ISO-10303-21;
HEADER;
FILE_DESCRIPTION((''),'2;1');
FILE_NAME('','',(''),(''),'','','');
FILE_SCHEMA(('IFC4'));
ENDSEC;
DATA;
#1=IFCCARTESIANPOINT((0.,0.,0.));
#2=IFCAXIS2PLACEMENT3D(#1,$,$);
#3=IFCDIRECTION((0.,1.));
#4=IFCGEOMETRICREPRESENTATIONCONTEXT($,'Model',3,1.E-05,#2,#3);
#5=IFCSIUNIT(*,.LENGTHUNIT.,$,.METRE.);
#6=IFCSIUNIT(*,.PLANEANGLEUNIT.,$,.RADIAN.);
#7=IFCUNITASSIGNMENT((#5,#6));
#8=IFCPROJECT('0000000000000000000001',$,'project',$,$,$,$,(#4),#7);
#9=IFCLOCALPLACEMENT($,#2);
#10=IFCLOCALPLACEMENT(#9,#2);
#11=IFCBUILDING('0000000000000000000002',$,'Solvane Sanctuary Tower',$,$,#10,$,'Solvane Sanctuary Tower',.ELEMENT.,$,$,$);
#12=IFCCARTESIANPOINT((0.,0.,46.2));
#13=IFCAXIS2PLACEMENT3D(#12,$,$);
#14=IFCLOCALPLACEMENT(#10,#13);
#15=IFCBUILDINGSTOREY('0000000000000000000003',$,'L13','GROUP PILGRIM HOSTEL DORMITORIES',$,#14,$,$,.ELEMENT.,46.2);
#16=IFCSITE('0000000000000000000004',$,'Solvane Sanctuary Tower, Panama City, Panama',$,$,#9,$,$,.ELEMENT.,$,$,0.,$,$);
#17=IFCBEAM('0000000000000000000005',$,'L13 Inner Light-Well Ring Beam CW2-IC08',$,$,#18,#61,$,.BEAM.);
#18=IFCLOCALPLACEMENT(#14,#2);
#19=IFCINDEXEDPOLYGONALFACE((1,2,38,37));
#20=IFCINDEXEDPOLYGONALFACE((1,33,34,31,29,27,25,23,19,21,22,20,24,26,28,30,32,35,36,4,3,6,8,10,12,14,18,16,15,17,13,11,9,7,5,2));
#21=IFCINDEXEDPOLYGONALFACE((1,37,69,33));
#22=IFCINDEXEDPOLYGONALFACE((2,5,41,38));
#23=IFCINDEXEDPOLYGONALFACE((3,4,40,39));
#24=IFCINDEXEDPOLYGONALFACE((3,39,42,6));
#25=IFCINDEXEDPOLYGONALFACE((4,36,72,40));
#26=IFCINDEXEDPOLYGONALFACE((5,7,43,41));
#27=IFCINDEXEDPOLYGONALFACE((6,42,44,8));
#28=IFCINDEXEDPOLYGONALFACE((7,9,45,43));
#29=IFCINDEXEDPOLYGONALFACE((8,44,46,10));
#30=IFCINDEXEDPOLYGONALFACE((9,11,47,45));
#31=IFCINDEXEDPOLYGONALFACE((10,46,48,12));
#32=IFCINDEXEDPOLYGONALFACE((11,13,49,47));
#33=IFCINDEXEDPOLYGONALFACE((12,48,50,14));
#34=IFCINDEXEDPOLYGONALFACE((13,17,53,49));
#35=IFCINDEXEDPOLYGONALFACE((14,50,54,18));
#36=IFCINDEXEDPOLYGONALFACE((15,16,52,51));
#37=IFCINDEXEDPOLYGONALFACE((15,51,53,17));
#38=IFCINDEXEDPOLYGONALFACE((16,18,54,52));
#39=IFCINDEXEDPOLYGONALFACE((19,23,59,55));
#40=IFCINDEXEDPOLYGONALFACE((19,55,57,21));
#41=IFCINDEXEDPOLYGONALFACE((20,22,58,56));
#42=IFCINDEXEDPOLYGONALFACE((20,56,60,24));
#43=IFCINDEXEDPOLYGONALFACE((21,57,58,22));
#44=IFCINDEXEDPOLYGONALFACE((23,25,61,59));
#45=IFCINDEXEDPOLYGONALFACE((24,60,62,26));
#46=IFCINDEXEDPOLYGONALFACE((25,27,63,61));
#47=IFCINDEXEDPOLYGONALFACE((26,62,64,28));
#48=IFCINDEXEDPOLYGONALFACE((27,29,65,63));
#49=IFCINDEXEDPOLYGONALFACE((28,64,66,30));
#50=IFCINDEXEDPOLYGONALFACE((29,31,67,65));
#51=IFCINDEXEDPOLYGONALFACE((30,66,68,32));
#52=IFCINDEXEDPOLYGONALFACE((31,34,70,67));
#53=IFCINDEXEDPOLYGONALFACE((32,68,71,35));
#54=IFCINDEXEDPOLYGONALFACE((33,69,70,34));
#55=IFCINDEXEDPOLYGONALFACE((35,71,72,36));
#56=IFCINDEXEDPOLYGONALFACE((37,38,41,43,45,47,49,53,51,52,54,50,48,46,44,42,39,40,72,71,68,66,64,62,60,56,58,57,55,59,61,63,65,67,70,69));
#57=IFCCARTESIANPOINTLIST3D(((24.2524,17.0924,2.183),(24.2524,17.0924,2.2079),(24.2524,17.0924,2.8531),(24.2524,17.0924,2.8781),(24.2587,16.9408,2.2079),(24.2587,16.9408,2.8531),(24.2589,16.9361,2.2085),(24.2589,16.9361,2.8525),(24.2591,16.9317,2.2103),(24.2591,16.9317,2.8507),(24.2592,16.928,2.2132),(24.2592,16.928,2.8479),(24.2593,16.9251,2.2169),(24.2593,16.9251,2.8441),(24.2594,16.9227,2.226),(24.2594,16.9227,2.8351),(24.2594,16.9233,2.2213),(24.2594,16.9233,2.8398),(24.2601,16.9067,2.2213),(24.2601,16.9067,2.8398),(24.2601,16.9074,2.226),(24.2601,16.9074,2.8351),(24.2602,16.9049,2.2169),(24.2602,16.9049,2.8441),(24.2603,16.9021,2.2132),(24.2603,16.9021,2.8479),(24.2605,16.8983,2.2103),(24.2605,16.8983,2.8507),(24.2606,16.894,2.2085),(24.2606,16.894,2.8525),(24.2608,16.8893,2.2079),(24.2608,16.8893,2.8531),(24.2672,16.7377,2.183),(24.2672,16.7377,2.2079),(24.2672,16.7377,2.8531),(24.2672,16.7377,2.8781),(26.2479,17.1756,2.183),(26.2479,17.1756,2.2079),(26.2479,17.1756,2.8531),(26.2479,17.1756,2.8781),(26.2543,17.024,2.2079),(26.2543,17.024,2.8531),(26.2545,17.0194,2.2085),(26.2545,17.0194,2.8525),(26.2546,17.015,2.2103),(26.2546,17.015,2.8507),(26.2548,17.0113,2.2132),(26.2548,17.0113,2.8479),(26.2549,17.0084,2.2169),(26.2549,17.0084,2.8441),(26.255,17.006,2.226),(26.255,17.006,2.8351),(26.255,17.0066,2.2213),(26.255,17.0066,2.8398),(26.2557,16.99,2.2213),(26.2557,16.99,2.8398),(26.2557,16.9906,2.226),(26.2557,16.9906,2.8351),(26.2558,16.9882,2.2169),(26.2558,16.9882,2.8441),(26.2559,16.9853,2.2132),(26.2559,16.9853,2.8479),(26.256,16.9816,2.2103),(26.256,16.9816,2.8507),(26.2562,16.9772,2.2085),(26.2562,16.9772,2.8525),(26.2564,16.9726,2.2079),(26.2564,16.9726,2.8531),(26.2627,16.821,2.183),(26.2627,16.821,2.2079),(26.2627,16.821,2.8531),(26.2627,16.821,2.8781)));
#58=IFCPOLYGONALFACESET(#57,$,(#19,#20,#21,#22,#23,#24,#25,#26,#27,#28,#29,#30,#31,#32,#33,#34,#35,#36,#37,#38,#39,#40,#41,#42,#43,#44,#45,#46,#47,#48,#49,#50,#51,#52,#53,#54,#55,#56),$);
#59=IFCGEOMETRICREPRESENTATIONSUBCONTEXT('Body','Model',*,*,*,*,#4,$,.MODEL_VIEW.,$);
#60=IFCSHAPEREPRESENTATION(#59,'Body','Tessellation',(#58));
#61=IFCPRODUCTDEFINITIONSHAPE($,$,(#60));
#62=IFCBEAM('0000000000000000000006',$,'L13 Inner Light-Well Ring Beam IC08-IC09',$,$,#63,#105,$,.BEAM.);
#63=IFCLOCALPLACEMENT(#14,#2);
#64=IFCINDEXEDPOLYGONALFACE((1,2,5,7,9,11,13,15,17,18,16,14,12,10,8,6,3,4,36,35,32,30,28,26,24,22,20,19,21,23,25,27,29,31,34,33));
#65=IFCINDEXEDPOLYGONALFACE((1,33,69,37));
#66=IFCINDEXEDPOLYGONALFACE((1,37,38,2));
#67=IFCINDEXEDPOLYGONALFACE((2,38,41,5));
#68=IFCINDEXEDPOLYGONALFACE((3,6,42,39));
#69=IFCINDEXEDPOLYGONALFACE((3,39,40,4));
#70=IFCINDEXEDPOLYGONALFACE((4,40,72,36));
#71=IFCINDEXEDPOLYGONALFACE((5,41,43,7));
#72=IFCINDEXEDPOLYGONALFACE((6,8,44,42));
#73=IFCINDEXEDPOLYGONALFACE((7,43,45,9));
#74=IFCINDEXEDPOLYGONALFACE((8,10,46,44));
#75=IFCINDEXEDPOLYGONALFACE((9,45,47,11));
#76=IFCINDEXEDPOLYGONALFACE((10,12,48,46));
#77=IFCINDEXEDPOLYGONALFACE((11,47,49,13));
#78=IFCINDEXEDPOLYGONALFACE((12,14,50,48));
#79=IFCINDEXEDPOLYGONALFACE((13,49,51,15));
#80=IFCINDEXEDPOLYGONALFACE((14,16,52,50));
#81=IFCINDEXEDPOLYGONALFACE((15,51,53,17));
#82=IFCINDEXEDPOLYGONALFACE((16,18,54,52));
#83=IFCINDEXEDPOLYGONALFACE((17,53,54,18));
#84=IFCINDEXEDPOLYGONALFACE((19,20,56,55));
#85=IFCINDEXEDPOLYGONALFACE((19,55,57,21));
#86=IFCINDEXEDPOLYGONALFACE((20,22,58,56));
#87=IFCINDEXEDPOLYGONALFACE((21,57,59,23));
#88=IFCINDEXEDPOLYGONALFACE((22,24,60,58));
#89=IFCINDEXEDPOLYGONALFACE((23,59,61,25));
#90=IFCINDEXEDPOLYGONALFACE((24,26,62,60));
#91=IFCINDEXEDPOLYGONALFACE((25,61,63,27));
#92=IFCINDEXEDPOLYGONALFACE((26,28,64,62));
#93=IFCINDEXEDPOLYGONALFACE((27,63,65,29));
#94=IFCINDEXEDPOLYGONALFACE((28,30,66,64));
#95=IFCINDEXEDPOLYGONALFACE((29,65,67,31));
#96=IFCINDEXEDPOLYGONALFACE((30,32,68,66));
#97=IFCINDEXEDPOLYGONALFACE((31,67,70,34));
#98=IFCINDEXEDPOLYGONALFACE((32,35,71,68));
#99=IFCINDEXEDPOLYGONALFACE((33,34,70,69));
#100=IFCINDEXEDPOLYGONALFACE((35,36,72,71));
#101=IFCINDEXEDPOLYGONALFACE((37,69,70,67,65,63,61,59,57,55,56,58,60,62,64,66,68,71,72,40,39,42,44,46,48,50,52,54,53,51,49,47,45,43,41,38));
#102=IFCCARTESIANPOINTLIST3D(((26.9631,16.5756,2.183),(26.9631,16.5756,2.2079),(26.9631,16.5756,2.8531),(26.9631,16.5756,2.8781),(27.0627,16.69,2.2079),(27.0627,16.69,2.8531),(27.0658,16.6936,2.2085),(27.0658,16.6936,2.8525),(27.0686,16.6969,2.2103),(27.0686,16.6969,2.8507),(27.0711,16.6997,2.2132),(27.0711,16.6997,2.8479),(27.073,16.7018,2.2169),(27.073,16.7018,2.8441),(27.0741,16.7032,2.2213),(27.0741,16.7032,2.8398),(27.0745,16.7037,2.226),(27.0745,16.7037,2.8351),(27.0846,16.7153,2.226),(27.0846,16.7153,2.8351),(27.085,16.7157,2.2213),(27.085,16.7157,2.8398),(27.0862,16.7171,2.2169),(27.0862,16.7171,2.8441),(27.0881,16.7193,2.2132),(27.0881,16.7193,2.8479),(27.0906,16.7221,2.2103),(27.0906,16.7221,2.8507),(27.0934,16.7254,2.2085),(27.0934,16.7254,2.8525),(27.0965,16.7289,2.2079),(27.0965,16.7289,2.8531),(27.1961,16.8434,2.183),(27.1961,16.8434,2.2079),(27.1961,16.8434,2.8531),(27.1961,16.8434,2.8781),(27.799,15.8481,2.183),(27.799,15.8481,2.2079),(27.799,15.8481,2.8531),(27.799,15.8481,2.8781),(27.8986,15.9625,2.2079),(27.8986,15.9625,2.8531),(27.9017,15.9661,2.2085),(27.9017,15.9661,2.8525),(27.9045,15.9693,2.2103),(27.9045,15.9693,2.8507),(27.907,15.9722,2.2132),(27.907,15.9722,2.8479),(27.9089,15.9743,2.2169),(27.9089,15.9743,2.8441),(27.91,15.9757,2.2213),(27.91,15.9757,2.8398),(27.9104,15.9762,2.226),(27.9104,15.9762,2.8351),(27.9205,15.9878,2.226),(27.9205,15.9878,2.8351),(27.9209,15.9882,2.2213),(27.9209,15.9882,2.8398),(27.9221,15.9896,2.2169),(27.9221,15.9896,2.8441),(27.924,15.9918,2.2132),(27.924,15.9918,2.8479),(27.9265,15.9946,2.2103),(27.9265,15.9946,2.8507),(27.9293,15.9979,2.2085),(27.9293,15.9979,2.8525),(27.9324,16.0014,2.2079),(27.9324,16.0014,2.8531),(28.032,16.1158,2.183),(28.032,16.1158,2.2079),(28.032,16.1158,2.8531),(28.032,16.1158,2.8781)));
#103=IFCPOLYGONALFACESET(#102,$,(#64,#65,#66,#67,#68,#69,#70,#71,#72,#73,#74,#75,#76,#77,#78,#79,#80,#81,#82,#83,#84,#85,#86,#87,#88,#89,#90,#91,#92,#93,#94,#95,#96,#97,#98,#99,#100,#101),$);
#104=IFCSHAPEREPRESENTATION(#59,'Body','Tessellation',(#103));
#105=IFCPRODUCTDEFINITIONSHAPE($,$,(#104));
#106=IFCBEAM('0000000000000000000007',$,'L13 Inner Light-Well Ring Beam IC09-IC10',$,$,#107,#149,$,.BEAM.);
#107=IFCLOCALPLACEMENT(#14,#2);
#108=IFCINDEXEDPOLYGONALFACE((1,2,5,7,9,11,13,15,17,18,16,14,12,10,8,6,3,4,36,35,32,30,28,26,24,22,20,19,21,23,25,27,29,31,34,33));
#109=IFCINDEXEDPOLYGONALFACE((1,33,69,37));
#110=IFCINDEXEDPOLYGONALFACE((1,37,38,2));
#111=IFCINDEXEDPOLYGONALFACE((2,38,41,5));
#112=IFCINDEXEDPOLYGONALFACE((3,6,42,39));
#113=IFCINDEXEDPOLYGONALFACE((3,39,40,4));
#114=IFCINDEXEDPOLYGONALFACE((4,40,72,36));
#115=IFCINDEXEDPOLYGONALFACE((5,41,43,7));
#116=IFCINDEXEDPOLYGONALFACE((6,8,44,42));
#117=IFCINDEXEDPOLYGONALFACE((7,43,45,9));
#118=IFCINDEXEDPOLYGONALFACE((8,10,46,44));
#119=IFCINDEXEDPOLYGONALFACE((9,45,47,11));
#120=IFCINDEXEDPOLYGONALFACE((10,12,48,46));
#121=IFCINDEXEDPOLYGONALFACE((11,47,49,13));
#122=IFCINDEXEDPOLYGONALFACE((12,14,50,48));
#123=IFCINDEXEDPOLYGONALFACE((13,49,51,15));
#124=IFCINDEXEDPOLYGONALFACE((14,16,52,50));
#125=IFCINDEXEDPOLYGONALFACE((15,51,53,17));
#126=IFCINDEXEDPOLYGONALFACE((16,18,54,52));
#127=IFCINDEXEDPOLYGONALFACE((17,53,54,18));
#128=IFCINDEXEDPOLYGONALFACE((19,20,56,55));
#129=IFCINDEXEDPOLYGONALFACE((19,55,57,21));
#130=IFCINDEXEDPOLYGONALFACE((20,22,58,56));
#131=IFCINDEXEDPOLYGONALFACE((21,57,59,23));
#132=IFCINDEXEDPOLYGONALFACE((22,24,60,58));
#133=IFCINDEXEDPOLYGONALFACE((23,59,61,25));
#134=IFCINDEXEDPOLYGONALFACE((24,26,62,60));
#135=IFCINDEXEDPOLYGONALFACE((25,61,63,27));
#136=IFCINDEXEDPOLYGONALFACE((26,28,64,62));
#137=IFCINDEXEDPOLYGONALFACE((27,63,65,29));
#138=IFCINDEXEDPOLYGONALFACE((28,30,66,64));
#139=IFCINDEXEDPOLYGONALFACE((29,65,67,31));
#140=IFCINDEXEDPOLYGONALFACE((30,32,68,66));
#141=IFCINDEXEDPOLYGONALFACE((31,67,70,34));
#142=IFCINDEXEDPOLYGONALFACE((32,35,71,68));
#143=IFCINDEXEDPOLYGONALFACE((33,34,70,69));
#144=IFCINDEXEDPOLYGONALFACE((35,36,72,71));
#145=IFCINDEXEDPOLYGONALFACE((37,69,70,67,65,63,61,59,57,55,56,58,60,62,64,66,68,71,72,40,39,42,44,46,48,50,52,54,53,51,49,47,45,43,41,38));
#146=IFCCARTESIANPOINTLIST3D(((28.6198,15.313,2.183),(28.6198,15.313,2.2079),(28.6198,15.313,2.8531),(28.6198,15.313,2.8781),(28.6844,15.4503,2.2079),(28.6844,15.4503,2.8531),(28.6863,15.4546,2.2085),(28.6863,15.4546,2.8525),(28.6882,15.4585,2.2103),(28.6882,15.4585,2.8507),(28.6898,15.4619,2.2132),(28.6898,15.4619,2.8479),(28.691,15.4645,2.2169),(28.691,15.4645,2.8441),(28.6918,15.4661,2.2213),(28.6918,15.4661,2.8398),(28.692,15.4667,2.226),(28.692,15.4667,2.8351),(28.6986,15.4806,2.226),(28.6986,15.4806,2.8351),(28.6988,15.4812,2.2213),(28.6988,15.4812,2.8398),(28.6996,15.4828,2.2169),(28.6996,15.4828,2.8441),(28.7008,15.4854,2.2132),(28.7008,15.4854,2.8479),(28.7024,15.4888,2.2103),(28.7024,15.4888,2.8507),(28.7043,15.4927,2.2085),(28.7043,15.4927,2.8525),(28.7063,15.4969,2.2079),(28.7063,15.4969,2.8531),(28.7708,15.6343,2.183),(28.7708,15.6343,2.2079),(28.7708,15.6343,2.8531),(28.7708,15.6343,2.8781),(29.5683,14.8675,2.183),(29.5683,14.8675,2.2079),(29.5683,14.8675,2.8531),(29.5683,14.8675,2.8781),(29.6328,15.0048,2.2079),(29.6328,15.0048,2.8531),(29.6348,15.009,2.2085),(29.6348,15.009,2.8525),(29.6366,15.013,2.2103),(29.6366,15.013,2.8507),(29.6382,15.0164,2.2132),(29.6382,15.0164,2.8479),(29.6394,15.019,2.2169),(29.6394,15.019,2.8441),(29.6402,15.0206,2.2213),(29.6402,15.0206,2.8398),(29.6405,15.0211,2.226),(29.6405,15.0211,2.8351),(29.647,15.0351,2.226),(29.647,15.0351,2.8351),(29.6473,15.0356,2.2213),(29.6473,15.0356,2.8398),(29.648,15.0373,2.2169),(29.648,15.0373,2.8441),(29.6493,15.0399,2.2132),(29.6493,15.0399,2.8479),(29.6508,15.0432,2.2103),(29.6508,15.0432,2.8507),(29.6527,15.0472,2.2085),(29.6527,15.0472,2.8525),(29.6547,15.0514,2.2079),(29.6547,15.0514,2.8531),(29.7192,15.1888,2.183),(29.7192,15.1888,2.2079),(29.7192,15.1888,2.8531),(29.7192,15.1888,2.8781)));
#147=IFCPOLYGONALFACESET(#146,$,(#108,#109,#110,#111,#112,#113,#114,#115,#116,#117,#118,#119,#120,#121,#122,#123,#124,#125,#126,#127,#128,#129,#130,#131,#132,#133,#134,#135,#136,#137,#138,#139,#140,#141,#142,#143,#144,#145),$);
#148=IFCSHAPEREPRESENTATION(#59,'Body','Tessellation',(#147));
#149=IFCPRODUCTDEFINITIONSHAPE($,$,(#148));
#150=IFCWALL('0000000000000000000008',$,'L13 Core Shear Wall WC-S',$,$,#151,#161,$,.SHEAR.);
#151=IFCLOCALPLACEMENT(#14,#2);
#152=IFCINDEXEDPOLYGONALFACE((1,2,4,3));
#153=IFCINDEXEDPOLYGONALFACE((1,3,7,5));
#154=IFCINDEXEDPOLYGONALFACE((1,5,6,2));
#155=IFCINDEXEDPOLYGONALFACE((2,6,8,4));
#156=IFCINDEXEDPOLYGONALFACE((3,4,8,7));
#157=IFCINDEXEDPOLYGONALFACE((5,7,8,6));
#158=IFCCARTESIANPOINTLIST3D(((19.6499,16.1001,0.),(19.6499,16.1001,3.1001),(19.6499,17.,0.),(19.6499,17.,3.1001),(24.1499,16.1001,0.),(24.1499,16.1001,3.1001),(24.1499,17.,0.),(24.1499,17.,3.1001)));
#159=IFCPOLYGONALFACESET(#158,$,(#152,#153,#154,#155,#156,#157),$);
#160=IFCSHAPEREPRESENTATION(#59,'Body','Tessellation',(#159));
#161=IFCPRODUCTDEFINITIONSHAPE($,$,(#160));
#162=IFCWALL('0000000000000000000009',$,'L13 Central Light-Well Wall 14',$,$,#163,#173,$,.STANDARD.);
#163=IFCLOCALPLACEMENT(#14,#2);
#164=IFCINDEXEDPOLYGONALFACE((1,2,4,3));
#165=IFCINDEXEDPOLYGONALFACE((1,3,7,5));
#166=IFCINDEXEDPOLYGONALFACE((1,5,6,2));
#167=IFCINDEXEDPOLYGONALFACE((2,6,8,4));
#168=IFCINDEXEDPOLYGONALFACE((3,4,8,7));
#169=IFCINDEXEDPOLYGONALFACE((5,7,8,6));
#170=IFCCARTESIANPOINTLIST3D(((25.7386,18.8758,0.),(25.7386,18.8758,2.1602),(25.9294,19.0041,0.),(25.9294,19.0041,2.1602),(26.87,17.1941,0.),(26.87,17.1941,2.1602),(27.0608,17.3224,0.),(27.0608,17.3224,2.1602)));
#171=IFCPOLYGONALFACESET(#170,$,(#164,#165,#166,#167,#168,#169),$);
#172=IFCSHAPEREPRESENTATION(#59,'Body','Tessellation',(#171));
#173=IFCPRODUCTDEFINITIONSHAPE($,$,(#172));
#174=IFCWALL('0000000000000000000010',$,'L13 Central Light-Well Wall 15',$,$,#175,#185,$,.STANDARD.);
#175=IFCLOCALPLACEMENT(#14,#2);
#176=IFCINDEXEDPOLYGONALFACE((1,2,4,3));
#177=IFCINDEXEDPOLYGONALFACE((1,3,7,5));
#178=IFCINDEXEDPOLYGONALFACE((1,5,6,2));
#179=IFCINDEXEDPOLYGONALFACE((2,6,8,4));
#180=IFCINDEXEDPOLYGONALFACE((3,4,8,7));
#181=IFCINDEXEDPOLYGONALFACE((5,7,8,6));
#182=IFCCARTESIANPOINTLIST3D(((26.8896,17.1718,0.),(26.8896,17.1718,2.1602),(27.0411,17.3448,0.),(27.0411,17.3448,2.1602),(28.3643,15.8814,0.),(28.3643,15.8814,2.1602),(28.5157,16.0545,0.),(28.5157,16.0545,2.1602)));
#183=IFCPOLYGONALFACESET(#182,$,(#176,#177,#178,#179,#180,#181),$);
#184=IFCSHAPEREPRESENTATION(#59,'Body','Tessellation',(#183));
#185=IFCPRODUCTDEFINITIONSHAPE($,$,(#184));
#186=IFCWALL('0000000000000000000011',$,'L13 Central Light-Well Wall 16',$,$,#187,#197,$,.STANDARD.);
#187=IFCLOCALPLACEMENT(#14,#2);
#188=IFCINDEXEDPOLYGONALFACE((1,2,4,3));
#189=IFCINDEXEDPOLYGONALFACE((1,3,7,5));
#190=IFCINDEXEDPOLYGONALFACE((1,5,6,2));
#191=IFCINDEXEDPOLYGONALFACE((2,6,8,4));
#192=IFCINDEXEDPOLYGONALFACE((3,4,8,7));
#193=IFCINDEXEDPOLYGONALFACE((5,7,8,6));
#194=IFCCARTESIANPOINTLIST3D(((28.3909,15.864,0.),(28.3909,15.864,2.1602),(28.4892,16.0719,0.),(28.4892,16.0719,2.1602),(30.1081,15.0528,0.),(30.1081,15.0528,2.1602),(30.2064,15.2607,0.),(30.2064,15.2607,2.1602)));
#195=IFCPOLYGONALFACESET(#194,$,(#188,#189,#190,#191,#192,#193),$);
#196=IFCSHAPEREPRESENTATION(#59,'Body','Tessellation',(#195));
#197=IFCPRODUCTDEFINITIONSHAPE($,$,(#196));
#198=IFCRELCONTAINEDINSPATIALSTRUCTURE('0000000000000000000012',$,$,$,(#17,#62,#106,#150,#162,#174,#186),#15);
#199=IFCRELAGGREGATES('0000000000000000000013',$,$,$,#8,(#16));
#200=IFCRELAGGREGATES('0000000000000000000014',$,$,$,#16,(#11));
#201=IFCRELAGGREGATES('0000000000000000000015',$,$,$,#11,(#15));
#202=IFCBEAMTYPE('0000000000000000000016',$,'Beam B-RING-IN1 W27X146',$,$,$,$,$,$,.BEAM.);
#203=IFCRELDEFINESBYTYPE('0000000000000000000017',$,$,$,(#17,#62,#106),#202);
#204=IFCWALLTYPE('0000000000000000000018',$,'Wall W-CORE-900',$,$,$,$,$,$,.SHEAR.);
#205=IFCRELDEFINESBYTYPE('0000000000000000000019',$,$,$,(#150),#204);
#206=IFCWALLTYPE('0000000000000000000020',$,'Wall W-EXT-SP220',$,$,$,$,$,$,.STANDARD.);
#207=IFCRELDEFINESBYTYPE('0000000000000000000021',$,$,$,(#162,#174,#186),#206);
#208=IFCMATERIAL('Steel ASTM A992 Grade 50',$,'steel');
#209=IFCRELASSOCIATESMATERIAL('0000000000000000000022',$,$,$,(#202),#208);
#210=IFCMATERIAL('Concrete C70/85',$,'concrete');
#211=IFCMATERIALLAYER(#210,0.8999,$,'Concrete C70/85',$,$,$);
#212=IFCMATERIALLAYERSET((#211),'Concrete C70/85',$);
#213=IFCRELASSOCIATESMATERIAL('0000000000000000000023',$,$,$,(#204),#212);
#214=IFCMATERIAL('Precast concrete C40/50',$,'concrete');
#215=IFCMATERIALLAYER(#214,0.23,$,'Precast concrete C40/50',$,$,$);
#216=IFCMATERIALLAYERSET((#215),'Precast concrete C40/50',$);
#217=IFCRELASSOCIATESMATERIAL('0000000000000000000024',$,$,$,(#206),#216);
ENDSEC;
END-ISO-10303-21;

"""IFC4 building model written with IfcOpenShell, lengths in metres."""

from ifc_helpers import new_model, si_unit, direction, frame, frame_2d, origin, origin_2d, place, context, subcontext, project, spatial, rectangle, i_section, extrude, material, layer, layer_set, material_profile, profile_set, type_object, element, save


model = new_model("IFC4")

# Units and contexts
model_context = context("Model", 3, precision=1e-05, world=origin(), true_north=direction((0.0, 1.0)))
body_context = subcontext(model_context, "Body", "Model", "MODEL_VIEW")
ifc_project = project(units=[si_unit("LENGTHUNIT", "METRE"), si_unit("PLANEANGLEUNIT", "RADIAN")], contexts=[model_context])

# Site, building, storey
site_placement = place(None, origin())
site = spatial("IfcSite", under=ifc_project, at=site_placement, Name="Solvane Sanctuary Tower, Panama City, Panama", CompositionType="ELEMENT", RefElevation=0.0)
building_placement = place(site_placement, origin())
building = spatial("IfcBuilding", under=site, at=building_placement, Name="Solvane Sanctuary Tower", LongName="Solvane Sanctuary Tower", CompositionType="ELEMENT")
storey_placement = place(building_placement, frame((0.0, 0.0, 46.2)))
storey = spatial("IfcBuildingStorey", under=building, at=storey_placement, Name="L13", Description="GROUP PILGRIM HOSTEL DORMITORIES", CompositionType="ELEMENT", Elevation=46.2)

# Shared definitions
ifc_material_1 = material(Name="Concrete C70/85", Category="concrete")

# Beams
ifc_material_2 = material(Name="Steel ASTM A992 Grade 50", Category="steel")
ifc_material_profile_1 = material_profile(ifc_material_2, i_section(OverallWidth=0.355, OverallDepth=0.6951, WebThickness=0.0154, FlangeThickness=0.0249, FilletRadius=0.0181, at=origin_2d()), Name="W27X146")
ifc_profile_set_1 = profile_set([ifc_material_profile_1], Name="Steel ASTM A992 Grade 50")
beam_type_1 = type_object("IfcBeamType", Name="Beam B-RING-IN1 W27X146", PredefinedType="BEAM", material=ifc_profile_set_1)
beam_1_placement = place(storey_placement, frame((24.2598, 16.915, 2.5305), z_axis=(0.999131, 0.041681, 0.0), x_axis=(-0.041681, 0.999131, 0.0)))
element("IfcBeam", 1, at=beam_1_placement, inside=storey, type_object=beam_type_1, Name="L13 Inner Light-Well Ring Beam CW2-IC08", PredefinedType="BEAM", context=body_context, shape_type="SweptSolid", body=[
    extrude(i_section(OverallWidth=0.355, OverallDepth=0.6951, WebThickness=0.0154, FlangeThickness=0.0249, FilletRadius=0.0181, at=origin_2d()), origin(), (0.0, 0.0, 1.0), 1.9973),
])
beam_2_placement = place(storey_placement, frame((27.0796, 16.7095, 2.5305), z_axis=(0.754321, -0.656506, 0.0), x_axis=(0.656506, 0.754321, 0.0)))
element("IfcBeam", 2, at=beam_2_placement, inside=storey, type_object=beam_type_1, Name="L13 Inner Light-Well Ring Beam IC08-IC09", PredefinedType="BEAM", context=body_context, shape_type="SweptSolid", body=[
    extrude(i_section(OverallWidth=0.355, OverallDepth=0.6951, WebThickness=0.0154, FlangeThickness=0.0249, FilletRadius=0.0181, at=origin_2d()), origin(), (0.0, 0.0, 1.0), 1.1082),
])
beam_3_placement = place(storey_placement, frame((28.6953, 15.4736, 2.5305), z_axis=(0.905109, -0.42518, 0.0), x_axis=(0.42518, 0.905109, 0.0)))
element("IfcBeam", 3, at=beam_3_placement, inside=storey, type_object=beam_type_1, Name="L13 Inner Light-Well Ring Beam IC09-IC10", PredefinedType="BEAM", context=body_context, shape_type="SweptSolid", body=[
    extrude(i_section(OverallWidth=0.355, OverallDepth=0.6951, WebThickness=0.0154, FlangeThickness=0.0249, FilletRadius=0.0181, at=origin_2d()), origin(), (0.0, 0.0, 1.0), 1.0479),
])

# Walls
ifc_layer_1 = layer(ifc_material_1, 0.8999, Name="Concrete C70/85")
ifc_layer_set_1 = layer_set([ifc_layer_1], Name="Concrete C70/85")
wall_type_1 = type_object("IfcWallType", Name="Wall W-CORE-900", PredefinedType="SHEAR", material=ifc_layer_set_1)
wall_1_placement = place(storey_placement, frame((19.6499, 16.55, 0.0), z_axis=(0.0, 0.0, 1.0), x_axis=(1.0, 0.0, 0.0)))
element("IfcWall", 4, at=wall_1_placement, inside=storey, type_object=wall_type_1, Name="L13 Core Shear Wall WC-S", PredefinedType="SHEAR", context=body_context, shape_type="SweptSolid", body=[
    extrude(rectangle(XDim=4.5, YDim=0.8999, at=frame_2d((2.25, 0.0))), origin(), (0.0, 0.0, 1.0), 3.1001),
])
ifc_material_3 = material(Name="Precast concrete C40/50", Category="concrete")
ifc_layer_2 = layer(ifc_material_3, 0.23, Name="Precast concrete C40/50")
ifc_layer_set_2 = layer_set([ifc_layer_2], Name="Precast concrete C40/50")
wall_type_2 = type_object("IfcWallType", Name="Wall W-EXT-SP220", PredefinedType="STANDARD", material=ifc_layer_set_2)
wall_2_placement = place(storey_placement, frame((25.834, 18.9399, 0.0), z_axis=(0.0, 0.0, 1.0), x_axis=(0.558198, -0.829708, 0.0)))
element("IfcWall", 5, at=wall_2_placement, inside=storey, type_object=wall_type_2, Name="L13 Central Light-Well Wall 14", PredefinedType="STANDARD", context=body_context, shape_type="SweptSolid", body=[
    extrude(rectangle(XDim=2.0269, YDim=0.23, at=frame_2d((1.0134, 0.0))), origin(), (0.0, 0.0, 1.0), 2.1602),
])
wall_3_placement = place(storey_placement, frame((26.9653, 17.2583, 0.0), z_axis=(0.0, 0.0, 1.0), x_axis=(0.752577, -0.658505, 0.0)))
element("IfcWall", 6, at=wall_3_placement, inside=storey, type_object=wall_type_2, Name="L13 Central Light-Well Wall 15", PredefinedType="STANDARD", context=body_context, shape_type="SweptSolid", body=[
    extrude(rectangle(XDim=1.9595, YDim=0.23, at=frame_2d((0.9797, 0.0))), origin(), (0.0, 0.0, 1.0), 2.1602),
])
wall_4_placement = place(storey_placement, frame((28.4399, 15.968, 0.0), z_axis=(0.0, 0.0, 1.0), x_axis=(0.90418, -0.427152, 0.0)))
element("IfcWall", 7, at=wall_4_placement, inside=storey, type_object=wall_type_2, Name="L13 Central Light-Well Wall 16", PredefinedType="STANDARD", context=body_context, shape_type="SweptSolid", body=[
    extrude(rectangle(XDim=1.8992, YDim=0.23, at=frame_2d((0.9497, 0.0))), origin(), (0.0, 0.0, 1.0), 2.1602),
])

save(model, "model.ifc")
